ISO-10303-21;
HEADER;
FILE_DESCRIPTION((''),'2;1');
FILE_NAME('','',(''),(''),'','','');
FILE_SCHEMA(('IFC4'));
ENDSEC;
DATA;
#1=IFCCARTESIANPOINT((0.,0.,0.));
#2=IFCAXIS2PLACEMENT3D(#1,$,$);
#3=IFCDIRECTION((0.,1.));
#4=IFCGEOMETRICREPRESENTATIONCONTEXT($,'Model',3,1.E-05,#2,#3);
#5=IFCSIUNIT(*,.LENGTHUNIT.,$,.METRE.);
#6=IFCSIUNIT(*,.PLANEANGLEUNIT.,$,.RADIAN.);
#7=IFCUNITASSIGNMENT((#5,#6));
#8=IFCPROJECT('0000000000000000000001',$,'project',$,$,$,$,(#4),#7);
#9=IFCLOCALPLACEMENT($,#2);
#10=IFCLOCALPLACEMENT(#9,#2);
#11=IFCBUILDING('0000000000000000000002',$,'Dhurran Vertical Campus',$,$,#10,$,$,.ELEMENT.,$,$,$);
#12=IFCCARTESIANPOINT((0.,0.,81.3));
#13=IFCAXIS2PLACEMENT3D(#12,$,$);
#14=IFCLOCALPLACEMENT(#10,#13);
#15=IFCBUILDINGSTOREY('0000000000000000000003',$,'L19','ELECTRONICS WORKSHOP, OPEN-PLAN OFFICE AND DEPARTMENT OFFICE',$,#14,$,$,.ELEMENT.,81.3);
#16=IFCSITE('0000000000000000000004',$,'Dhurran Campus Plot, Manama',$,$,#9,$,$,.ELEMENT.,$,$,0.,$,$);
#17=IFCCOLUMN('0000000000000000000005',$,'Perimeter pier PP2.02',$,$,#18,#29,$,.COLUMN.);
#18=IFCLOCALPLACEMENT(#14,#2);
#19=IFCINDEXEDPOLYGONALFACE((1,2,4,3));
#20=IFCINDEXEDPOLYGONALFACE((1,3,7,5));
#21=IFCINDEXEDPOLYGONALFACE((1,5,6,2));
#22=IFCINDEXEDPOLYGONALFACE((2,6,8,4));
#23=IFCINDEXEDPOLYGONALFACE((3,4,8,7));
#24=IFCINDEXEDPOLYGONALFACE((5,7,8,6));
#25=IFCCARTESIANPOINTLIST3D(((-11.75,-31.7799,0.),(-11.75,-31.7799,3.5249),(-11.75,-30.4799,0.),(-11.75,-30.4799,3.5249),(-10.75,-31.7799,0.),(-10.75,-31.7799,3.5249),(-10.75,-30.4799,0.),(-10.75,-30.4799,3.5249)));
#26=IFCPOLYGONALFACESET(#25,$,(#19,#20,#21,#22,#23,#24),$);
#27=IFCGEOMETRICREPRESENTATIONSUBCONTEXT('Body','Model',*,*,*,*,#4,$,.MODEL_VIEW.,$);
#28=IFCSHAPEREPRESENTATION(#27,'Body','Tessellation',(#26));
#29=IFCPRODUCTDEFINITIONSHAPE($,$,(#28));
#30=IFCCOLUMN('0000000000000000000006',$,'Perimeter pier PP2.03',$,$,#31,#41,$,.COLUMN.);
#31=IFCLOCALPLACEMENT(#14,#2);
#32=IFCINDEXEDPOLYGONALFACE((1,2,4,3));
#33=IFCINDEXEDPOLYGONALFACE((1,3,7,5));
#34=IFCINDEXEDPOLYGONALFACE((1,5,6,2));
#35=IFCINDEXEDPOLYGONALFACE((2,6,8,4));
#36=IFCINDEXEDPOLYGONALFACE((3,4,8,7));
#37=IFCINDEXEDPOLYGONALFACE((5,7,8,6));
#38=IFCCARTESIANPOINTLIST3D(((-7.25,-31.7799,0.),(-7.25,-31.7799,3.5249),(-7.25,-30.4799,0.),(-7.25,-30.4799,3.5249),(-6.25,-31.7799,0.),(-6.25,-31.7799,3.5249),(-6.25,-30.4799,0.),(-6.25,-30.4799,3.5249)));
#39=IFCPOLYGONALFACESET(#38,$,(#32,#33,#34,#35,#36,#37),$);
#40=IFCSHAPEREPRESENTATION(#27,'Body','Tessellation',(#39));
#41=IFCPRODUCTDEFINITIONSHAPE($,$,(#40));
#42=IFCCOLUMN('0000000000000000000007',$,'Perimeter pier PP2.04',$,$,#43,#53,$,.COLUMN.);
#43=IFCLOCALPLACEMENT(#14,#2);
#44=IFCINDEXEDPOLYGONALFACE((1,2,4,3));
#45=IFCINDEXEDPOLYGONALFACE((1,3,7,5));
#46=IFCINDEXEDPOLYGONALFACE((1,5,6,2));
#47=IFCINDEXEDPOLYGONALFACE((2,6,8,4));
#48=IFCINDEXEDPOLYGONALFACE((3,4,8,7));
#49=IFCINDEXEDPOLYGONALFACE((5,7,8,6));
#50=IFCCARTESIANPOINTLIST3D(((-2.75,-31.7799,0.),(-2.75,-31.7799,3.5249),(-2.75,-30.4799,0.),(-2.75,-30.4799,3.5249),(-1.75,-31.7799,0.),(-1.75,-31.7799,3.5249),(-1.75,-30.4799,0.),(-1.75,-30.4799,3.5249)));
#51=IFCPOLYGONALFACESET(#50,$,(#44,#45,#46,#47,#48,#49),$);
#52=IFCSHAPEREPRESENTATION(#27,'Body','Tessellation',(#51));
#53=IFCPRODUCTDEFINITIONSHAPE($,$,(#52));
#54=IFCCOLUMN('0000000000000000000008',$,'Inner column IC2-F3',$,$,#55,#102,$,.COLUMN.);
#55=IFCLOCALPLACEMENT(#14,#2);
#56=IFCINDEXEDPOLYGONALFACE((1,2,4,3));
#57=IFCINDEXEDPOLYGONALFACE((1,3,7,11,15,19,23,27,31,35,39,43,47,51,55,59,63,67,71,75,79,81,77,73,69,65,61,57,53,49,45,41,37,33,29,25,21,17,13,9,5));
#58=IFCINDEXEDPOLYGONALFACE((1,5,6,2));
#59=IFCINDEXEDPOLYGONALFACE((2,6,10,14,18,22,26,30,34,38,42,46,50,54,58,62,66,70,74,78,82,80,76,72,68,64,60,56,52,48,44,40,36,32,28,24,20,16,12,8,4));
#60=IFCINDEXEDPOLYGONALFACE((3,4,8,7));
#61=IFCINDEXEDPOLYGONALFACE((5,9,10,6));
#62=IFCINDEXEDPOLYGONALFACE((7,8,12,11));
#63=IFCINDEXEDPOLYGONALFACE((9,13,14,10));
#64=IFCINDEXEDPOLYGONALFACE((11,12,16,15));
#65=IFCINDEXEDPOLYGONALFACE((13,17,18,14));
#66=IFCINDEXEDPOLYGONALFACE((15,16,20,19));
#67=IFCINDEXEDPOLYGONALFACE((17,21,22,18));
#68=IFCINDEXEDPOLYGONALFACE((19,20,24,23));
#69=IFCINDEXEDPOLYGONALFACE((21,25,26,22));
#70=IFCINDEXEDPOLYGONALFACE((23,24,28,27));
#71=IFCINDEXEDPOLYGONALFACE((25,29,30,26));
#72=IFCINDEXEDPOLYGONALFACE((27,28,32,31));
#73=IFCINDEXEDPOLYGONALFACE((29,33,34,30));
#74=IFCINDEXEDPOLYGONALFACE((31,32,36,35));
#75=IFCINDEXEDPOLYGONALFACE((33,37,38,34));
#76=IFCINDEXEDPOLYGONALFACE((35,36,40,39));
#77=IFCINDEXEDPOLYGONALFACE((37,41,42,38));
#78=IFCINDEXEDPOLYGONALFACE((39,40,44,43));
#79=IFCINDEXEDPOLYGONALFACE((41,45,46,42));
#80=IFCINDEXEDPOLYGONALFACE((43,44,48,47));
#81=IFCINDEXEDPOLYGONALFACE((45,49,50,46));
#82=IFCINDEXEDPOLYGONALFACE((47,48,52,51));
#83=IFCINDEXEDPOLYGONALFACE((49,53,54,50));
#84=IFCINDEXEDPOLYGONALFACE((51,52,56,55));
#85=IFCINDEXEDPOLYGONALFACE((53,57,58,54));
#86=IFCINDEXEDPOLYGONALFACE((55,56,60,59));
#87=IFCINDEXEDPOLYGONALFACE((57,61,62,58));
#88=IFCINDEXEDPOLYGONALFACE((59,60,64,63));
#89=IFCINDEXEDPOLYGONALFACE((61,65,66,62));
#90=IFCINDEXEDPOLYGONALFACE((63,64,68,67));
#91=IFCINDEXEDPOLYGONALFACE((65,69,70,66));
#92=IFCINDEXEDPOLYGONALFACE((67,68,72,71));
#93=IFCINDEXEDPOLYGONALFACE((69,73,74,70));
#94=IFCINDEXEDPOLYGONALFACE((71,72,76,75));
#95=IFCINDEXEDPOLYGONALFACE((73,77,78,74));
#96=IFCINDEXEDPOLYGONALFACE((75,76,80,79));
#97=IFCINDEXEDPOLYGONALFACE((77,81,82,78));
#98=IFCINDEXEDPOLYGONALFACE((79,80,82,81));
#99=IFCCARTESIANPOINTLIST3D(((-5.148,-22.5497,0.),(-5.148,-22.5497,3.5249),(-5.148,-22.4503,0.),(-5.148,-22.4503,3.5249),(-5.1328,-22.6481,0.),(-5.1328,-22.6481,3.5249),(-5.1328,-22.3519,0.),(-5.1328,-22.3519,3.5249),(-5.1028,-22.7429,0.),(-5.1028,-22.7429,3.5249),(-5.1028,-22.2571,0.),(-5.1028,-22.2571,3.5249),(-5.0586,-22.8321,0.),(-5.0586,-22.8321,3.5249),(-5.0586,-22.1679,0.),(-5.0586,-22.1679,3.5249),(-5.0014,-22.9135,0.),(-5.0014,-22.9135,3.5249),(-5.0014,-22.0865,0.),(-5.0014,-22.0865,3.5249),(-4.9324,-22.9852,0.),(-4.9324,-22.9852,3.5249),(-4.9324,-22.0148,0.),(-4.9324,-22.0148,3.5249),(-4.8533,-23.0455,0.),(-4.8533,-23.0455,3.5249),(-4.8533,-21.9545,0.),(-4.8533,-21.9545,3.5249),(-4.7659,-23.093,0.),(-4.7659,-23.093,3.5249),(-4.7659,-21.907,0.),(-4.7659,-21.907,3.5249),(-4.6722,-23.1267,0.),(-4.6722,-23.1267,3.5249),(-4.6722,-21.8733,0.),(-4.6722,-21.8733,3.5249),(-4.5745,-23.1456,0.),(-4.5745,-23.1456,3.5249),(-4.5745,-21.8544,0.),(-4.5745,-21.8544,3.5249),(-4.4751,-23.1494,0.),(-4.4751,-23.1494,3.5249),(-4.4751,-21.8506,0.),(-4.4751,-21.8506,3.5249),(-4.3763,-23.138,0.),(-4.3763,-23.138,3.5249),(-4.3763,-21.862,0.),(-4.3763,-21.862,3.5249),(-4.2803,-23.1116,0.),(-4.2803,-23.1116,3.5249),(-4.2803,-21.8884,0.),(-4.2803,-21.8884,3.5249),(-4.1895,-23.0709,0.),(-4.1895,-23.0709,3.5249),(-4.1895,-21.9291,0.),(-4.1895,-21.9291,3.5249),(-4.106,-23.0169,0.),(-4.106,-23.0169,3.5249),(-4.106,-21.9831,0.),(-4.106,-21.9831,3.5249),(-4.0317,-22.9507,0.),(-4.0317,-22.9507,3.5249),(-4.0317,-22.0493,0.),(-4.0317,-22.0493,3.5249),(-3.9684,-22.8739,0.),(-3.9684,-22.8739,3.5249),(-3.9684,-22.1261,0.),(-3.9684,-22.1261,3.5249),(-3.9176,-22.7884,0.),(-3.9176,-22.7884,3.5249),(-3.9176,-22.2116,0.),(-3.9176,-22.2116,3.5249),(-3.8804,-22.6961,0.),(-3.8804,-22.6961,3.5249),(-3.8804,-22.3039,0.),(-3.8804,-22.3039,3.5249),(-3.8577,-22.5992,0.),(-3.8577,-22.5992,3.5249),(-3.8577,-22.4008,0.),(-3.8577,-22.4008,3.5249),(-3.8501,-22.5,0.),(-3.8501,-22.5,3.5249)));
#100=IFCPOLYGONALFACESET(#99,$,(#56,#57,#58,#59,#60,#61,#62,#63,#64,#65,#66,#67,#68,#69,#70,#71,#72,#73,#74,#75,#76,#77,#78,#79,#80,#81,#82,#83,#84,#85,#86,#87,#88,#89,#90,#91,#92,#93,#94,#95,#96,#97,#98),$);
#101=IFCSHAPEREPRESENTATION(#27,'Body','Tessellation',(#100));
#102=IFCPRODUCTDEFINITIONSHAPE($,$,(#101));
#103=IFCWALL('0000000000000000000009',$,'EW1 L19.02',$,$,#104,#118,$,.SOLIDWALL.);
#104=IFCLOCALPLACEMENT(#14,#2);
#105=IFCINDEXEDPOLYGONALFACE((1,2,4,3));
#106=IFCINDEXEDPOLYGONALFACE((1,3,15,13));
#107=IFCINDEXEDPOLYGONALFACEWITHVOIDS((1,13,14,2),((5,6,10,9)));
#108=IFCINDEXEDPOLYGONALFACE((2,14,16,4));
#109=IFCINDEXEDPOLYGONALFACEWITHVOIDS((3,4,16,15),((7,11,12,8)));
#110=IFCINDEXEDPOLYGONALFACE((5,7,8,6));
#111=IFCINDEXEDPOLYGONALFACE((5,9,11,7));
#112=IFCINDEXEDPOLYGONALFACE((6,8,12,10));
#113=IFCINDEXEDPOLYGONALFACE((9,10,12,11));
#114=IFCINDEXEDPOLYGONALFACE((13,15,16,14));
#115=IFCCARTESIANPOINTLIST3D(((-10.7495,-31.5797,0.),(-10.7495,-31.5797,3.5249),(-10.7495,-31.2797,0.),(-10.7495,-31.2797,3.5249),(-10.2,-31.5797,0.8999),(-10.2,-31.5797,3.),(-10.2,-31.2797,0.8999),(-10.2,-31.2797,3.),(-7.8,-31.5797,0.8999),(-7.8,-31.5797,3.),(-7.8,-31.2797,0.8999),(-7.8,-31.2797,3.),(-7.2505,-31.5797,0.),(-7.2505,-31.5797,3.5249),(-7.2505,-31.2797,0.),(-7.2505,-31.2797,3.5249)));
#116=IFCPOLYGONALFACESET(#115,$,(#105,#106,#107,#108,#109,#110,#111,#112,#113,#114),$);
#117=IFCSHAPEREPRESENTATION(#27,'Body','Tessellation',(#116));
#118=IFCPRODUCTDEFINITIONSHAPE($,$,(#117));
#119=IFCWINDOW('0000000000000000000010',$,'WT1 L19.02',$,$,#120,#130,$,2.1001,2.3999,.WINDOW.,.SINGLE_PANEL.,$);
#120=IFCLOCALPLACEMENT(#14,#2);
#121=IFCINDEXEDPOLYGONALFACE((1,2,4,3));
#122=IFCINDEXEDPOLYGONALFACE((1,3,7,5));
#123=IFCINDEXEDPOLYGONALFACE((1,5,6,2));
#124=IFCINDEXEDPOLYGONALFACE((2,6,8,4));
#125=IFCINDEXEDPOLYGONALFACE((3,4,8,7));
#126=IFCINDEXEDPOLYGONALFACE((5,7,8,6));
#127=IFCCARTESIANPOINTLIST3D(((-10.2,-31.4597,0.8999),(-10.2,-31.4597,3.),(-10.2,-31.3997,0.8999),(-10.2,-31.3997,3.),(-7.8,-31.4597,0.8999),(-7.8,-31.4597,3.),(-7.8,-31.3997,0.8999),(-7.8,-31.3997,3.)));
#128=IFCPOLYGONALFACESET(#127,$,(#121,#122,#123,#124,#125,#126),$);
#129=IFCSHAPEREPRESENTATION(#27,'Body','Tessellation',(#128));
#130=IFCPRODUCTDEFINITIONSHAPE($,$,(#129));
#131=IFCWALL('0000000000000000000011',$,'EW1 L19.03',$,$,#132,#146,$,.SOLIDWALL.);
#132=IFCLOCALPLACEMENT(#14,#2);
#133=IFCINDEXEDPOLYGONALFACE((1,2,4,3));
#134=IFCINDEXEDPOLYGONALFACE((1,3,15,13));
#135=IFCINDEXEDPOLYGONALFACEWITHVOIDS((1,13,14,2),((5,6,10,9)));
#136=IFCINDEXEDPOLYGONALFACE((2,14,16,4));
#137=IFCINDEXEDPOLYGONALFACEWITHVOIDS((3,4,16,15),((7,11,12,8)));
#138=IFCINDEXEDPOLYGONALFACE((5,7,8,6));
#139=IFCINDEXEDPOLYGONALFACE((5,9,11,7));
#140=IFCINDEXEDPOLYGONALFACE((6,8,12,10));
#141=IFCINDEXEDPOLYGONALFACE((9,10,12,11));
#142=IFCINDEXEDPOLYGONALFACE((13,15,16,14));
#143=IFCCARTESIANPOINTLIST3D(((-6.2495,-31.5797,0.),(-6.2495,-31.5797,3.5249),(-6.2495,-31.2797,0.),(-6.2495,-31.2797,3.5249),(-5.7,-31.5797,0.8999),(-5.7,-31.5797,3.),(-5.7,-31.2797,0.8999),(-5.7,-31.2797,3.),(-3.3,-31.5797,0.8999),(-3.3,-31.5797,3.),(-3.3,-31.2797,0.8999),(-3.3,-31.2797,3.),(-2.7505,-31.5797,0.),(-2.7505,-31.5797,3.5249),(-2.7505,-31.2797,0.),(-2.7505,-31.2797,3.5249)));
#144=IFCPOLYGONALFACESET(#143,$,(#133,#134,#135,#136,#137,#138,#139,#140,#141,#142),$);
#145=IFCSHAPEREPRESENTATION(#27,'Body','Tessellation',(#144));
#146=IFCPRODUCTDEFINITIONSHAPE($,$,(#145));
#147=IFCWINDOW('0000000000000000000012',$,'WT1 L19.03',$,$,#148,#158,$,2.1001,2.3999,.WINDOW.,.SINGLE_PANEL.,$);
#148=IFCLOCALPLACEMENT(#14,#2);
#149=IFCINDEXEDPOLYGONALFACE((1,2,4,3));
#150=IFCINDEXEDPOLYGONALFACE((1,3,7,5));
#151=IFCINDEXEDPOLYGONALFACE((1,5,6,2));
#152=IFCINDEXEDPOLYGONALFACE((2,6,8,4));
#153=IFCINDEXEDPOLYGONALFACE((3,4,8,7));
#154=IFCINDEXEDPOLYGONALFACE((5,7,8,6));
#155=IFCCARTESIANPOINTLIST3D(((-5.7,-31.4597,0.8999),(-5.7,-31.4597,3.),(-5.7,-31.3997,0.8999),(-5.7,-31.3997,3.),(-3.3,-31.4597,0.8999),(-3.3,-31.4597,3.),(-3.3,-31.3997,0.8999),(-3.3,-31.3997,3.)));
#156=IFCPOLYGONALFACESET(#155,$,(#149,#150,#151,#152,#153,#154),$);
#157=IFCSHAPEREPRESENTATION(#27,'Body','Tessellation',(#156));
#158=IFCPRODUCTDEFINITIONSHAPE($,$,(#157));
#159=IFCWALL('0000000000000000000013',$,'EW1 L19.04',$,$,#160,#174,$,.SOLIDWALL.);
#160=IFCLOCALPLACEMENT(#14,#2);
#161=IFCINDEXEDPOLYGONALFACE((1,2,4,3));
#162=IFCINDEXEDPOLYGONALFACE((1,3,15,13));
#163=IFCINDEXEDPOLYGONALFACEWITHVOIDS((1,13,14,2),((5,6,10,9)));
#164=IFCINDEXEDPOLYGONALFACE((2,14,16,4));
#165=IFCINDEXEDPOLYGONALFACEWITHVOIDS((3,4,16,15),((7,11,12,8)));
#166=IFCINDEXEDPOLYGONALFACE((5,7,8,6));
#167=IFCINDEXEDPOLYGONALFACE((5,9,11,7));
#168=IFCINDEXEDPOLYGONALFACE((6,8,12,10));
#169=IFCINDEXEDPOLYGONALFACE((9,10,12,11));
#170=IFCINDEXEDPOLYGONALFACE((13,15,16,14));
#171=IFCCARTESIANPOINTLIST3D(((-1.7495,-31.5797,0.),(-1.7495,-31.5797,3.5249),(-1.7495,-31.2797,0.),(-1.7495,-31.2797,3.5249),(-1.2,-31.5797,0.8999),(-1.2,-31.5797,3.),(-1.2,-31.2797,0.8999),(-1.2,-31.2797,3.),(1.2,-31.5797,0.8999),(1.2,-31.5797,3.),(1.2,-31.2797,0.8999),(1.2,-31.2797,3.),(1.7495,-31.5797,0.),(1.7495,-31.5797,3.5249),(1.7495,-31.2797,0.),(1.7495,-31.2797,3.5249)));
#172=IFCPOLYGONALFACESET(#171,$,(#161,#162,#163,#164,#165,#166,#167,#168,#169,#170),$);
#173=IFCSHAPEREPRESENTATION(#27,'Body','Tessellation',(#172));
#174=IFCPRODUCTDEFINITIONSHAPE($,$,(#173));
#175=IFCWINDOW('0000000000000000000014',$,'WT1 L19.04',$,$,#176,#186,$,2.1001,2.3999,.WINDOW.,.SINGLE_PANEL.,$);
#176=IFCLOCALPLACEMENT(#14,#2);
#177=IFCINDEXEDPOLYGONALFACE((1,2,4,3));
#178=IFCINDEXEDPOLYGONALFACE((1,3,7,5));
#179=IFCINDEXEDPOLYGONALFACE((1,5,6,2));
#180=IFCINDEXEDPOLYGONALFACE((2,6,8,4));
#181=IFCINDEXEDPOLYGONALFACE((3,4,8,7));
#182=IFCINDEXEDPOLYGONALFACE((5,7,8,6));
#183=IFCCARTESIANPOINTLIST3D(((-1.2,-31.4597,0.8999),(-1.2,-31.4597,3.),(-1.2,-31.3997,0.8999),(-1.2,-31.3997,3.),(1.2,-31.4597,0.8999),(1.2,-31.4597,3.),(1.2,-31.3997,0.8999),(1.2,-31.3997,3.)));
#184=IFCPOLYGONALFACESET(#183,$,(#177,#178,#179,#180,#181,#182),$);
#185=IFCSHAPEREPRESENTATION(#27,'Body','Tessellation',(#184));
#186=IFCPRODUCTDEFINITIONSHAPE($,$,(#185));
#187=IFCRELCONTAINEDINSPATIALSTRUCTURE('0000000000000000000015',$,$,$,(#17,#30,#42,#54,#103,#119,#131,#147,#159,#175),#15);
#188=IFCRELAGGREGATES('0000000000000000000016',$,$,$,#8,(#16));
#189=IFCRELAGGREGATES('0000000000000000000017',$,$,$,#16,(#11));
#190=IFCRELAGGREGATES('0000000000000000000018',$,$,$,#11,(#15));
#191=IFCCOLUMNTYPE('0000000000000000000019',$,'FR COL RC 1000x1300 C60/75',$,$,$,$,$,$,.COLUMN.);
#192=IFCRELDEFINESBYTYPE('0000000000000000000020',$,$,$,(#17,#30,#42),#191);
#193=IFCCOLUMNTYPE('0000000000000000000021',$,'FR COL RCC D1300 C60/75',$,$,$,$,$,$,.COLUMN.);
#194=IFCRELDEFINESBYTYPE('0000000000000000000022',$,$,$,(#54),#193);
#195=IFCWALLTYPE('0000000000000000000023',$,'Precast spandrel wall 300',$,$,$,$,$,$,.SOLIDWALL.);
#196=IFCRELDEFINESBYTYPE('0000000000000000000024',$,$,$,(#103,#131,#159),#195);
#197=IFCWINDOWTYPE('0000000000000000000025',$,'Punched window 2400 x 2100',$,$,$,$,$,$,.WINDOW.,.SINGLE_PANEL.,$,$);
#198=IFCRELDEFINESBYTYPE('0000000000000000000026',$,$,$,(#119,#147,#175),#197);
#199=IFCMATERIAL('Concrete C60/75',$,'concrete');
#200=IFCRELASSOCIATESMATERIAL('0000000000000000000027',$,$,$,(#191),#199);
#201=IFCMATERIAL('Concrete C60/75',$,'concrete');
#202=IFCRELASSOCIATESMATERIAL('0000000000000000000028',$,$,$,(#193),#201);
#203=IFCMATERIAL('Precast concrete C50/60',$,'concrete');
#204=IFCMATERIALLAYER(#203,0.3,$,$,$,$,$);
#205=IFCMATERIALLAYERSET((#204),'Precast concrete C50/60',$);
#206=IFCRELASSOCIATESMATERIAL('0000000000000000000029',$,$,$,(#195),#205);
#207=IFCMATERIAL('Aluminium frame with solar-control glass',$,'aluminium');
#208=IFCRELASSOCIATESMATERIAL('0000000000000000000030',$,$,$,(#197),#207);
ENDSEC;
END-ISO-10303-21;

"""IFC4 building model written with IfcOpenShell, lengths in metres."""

from ifc_helpers import new_model, si_unit, direction, frame, frame_2d, origin, origin_2d, place, context, subcontext, project, spatial, rectangle, circle, extrude, material, layer, layer_set, material_profile, profile_set, type_object, element, fill, save


model = new_model("IFC4")

# Units and contexts
model_context = context("Model", 3, precision=1e-05, world=origin(), true_north=direction((0.0, 1.0)))
body_context = subcontext(model_context, "Body", "Model", "MODEL_VIEW")
ifc_project = project(units=[si_unit("LENGTHUNIT", "METRE"), si_unit("PLANEANGLEUNIT", "RADIAN")], contexts=[model_context])

# Site, building, storey
site_placement = place(None, origin())
site = spatial("IfcSite", under=ifc_project, at=site_placement, Name="Dhurran Campus Plot, Manama", CompositionType="ELEMENT", RefElevation=0.0)
building_placement = place(site_placement, origin())
building = spatial("IfcBuilding", under=site, at=building_placement, Name="Dhurran Vertical Campus", CompositionType="ELEMENT")
storey_placement = place(building_placement, frame((0.0, 0.0, 81.3)))
storey = spatial("IfcBuildingStorey", under=building, at=storey_placement, Name="L19", Description="ELECTRONICS WORKSHOP, OPEN-PLAN OFFICE AND DEPARTMENT OFFICE", CompositionType="ELEMENT", Elevation=81.3)

# Columns
ifc_material_1 = material(Name="Concrete C60/75", Category="concrete")
ifc_material_profile_1 = material_profile(ifc_material_1, rectangle(XDim=1.0, YDim=1.3, at=origin_2d()), Name="RC 1000x1300")
ifc_profile_set_1 = profile_set([ifc_material_profile_1], Name="Concrete C60/75")
column_type_1 = type_object("IfcColumnType", Name="FR COL RC 1000x1300 C60/75", PredefinedType="COLUMN", material=ifc_profile_set_1)
for number, where, z_axis, x_axis, name in (
    (1, (-11.25, -31.1299, 0.0), (0.0, 0.0, 1.0), (1.0, 0.0, 0.0), "Perimeter pier PP2.02"),
    (2, (-6.75, -31.1299, 0.0), (0.0, 0.0, 1.0), (1.0, 0.0, 0.0), "Perimeter pier PP2.03"),
    (3, (-2.25, -31.1299, 0.0), (0.0, 0.0, 1.0), (1.0, 0.0, 0.0), "Perimeter pier PP2.04"),
):
    element("IfcColumn", number, at=place(storey_placement, frame(where, z_axis=z_axis, x_axis=x_axis)), inside=storey, type_object=column_type_1, Name=name, PredefinedType="COLUMN", context=body_context, shape_type="SweptSolid", body=[
        extrude(rectangle(XDim=1.0, YDim=1.3, at=origin_2d()), origin(), (0.0, 0.0, 1.0), 3.5249),
    ])
ifc_material_2 = material(Name="Concrete C60/75", Category="concrete")
ifc_material_profile_2 = material_profile(ifc_material_2, circle(Radius=0.6499, at=origin_2d()), Name="RCC D1300")
ifc_profile_set_2 = profile_set([ifc_material_profile_2], Name="Concrete C60/75")
column_type_2 = type_object("IfcColumnType", Name="FR COL RCC D1300 C60/75", PredefinedType="COLUMN", material=ifc_profile_set_2)
column_placement = place(storey_placement, frame((-4.5, -22.5, 0.0), z_axis=(0.0, 0.0, 1.0), x_axis=(1.0, 0.0, 0.0)))
element("IfcColumn", 4, at=column_placement, inside=storey, type_object=column_type_2, Name="Inner column IC2-F3", PredefinedType="COLUMN", context=body_context, shape_type="SweptSolid", body=[
    extrude(circle(Radius=0.6499, at=origin_2d()), origin(), (0.0, 0.0, 1.0), 3.5249),
])

# Walls, openings, windows
ifc_material_3 = material(Name="Precast concrete C50/60", Category="concrete")
ifc_layer_1 = layer(ifc_material_3, 0.3)
ifc_layer_set_1 = layer_set([ifc_layer_1], Name="Precast concrete C50/60")
wall_type_1 = type_object("IfcWallType", Name="Precast spandrel wall 300", PredefinedType="SOLIDWALL", material=ifc_layer_set_1)
wall_1_placement = place(storey_placement, frame((-10.7495, -31.4297, 0.0), z_axis=(0.0, 0.0, 1.0), x_axis=(1.0, 0.0, 0.0)))
wall_1 = element("IfcWall", 5, at=wall_1_placement, inside=storey, type_object=wall_type_1, Name="EW1 L19.02", PredefinedType="SOLIDWALL", context=body_context, shape_type="SweptSolid", body=[
    extrude(rectangle(XDim=3.499, YDim=0.3, at=frame_2d((1.7495, 0.0))), origin(), (0.0, 0.0, 1.0), 3.5249),
])
opening_1_placement = place(wall_1_placement, frame((0.5496, 0.0, 0.8999)))
opening_1 = element("IfcOpeningElement", 6, at=opening_1_placement, cuts=wall_1, PredefinedType="OPENING", context=body_context, shape_type="SweptSolid", body=[
    extrude(rectangle(XDim=2.3999, YDim=2.1001, at=frame_2d((1.2, 1.05))), frame((0.0, 0.1599, 0.0), z_axis=(0.0, -1.0, 0.0), x_axis=(1.0, 0.0, 0.0)), (0.0, 0.0, 1.0), 0.3201),
])
ifc_material_4 = material(Name="Aluminium frame with solar-control glass", Category="aluminium")
window_type = type_object("IfcWindowType", Name="Punched window 2400 x 2100", PartitioningType="SINGLE_PANEL", PredefinedType="WINDOW", material=ifc_material_4)
window_1_placement = place(opening_1_placement, origin())
window_1 = element("IfcWindow", 7, at=window_1_placement, inside=storey, type_object=window_type, Name="WT1 L19.02", OverallHeight=2.1001, OverallWidth=2.3999, PartitioningType="SINGLE_PANEL", PredefinedType="WINDOW", context=body_context, shape_type="SweptSolid", body=[
    extrude(rectangle(XDim=2.3999, YDim=2.1001, at=frame_2d((1.2, 1.05))), frame((0.0, 0.03, 0.0), z_axis=(0.0, -1.0, 0.0), x_axis=(1.0, 0.0, 0.0)), (0.0, 0.0, 1.0), 0.0601),
])
fill(opening_1, window_1)
wall_2_placement = place(storey_placement, frame((-6.2495, -31.4297, 0.0), z_axis=(0.0, 0.0, 1.0), x_axis=(1.0, 0.0, 0.0)))
wall_2 = element("IfcWall", 8, at=wall_2_placement, inside=storey, type_object=wall_type_1, Name="EW1 L19.03", PredefinedType="SOLIDWALL", context=body_context, shape_type="SweptSolid", body=[
    extrude(rectangle(XDim=3.499, YDim=0.3, at=frame_2d((1.7495, 0.0))), origin(), (0.0, 0.0, 1.0), 3.5249),
])
opening_2_placement = place(wall_2_placement, frame((0.5496, 0.0, 0.8999)))
opening_2 = element("IfcOpeningElement", 9, at=opening_2_placement, cuts=wall_2, PredefinedType="OPENING", context=body_context, shape_type="SweptSolid", body=[
    extrude(rectangle(XDim=2.3999, YDim=2.1001, at=frame_2d((1.2, 1.05))), frame((0.0, 0.1599, 0.0), z_axis=(0.0, -1.0, 0.0), x_axis=(1.0, 0.0, 0.0)), (0.0, 0.0, 1.0), 0.3201),
])
window_2_placement = place(opening_2_placement, origin())
window_2 = element("IfcWindow", 10, at=window_2_placement, inside=storey, type_object=window_type, Name="WT1 L19.03", OverallHeight=2.1001, OverallWidth=2.3999, PartitioningType="SINGLE_PANEL", PredefinedType="WINDOW", context=body_context, shape_type="SweptSolid", body=[
    extrude(rectangle(XDim=2.3999, YDim=2.1001, at=frame_2d((1.2, 1.05))), frame((0.0, 0.03, 0.0), z_axis=(0.0, -1.0, 0.0), x_axis=(1.0, 0.0, 0.0)), (0.0, 0.0, 1.0), 0.0601),
])
fill(opening_2, window_2)
wall_3_placement = place(storey_placement, frame((-1.7495, -31.4297, 0.0), z_axis=(0.0, 0.0, 1.0), x_axis=(1.0, 0.0, 0.0)))
wall_3 = element("IfcWall", 11, at=wall_3_placement, inside=storey, type_object=wall_type_1, Name="EW1 L19.04", PredefinedType="SOLIDWALL", context=body_context, shape_type="SweptSolid", body=[
    extrude(rectangle(XDim=3.499, YDim=0.3, at=frame_2d((1.7495, 0.0))), origin(), (0.0, 0.0, 1.0), 3.5249),
])
opening_3_placement = place(wall_3_placement, frame((0.5496, 0.0, 0.8999)))
opening_3 = element("IfcOpeningElement", 12, at=opening_3_placement, cuts=wall_3, PredefinedType="OPENING", context=body_context, shape_type="SweptSolid", body=[
    extrude(rectangle(XDim=2.3999, YDim=2.1001, at=frame_2d((1.2, 1.05))), frame((0.0, 0.1599, 0.0), z_axis=(0.0, -1.0, 0.0), x_axis=(1.0, 0.0, 0.0)), (0.0, 0.0, 1.0), 0.3201),
])
window_3_placement = place(opening_3_placement, origin())
window_3 = element("IfcWindow", 13, at=window_3_placement, inside=storey, type_object=window_type, Name="WT1 L19.04", OverallHeight=2.1001, OverallWidth=2.3999, PartitioningType="SINGLE_PANEL", PredefinedType="WINDOW", context=body_context, shape_type="SweptSolid", body=[
    extrude(rectangle(XDim=2.3999, YDim=2.1001, at=frame_2d((1.2, 1.05))), frame((0.0, 0.03, 0.0), z_axis=(0.0, -1.0, 0.0), x_axis=(1.0, 0.0, 0.0)), (0.0, 0.0, 1.0), 0.0601),
])
fill(opening_3, window_3)

save(model, "model.ifc")
